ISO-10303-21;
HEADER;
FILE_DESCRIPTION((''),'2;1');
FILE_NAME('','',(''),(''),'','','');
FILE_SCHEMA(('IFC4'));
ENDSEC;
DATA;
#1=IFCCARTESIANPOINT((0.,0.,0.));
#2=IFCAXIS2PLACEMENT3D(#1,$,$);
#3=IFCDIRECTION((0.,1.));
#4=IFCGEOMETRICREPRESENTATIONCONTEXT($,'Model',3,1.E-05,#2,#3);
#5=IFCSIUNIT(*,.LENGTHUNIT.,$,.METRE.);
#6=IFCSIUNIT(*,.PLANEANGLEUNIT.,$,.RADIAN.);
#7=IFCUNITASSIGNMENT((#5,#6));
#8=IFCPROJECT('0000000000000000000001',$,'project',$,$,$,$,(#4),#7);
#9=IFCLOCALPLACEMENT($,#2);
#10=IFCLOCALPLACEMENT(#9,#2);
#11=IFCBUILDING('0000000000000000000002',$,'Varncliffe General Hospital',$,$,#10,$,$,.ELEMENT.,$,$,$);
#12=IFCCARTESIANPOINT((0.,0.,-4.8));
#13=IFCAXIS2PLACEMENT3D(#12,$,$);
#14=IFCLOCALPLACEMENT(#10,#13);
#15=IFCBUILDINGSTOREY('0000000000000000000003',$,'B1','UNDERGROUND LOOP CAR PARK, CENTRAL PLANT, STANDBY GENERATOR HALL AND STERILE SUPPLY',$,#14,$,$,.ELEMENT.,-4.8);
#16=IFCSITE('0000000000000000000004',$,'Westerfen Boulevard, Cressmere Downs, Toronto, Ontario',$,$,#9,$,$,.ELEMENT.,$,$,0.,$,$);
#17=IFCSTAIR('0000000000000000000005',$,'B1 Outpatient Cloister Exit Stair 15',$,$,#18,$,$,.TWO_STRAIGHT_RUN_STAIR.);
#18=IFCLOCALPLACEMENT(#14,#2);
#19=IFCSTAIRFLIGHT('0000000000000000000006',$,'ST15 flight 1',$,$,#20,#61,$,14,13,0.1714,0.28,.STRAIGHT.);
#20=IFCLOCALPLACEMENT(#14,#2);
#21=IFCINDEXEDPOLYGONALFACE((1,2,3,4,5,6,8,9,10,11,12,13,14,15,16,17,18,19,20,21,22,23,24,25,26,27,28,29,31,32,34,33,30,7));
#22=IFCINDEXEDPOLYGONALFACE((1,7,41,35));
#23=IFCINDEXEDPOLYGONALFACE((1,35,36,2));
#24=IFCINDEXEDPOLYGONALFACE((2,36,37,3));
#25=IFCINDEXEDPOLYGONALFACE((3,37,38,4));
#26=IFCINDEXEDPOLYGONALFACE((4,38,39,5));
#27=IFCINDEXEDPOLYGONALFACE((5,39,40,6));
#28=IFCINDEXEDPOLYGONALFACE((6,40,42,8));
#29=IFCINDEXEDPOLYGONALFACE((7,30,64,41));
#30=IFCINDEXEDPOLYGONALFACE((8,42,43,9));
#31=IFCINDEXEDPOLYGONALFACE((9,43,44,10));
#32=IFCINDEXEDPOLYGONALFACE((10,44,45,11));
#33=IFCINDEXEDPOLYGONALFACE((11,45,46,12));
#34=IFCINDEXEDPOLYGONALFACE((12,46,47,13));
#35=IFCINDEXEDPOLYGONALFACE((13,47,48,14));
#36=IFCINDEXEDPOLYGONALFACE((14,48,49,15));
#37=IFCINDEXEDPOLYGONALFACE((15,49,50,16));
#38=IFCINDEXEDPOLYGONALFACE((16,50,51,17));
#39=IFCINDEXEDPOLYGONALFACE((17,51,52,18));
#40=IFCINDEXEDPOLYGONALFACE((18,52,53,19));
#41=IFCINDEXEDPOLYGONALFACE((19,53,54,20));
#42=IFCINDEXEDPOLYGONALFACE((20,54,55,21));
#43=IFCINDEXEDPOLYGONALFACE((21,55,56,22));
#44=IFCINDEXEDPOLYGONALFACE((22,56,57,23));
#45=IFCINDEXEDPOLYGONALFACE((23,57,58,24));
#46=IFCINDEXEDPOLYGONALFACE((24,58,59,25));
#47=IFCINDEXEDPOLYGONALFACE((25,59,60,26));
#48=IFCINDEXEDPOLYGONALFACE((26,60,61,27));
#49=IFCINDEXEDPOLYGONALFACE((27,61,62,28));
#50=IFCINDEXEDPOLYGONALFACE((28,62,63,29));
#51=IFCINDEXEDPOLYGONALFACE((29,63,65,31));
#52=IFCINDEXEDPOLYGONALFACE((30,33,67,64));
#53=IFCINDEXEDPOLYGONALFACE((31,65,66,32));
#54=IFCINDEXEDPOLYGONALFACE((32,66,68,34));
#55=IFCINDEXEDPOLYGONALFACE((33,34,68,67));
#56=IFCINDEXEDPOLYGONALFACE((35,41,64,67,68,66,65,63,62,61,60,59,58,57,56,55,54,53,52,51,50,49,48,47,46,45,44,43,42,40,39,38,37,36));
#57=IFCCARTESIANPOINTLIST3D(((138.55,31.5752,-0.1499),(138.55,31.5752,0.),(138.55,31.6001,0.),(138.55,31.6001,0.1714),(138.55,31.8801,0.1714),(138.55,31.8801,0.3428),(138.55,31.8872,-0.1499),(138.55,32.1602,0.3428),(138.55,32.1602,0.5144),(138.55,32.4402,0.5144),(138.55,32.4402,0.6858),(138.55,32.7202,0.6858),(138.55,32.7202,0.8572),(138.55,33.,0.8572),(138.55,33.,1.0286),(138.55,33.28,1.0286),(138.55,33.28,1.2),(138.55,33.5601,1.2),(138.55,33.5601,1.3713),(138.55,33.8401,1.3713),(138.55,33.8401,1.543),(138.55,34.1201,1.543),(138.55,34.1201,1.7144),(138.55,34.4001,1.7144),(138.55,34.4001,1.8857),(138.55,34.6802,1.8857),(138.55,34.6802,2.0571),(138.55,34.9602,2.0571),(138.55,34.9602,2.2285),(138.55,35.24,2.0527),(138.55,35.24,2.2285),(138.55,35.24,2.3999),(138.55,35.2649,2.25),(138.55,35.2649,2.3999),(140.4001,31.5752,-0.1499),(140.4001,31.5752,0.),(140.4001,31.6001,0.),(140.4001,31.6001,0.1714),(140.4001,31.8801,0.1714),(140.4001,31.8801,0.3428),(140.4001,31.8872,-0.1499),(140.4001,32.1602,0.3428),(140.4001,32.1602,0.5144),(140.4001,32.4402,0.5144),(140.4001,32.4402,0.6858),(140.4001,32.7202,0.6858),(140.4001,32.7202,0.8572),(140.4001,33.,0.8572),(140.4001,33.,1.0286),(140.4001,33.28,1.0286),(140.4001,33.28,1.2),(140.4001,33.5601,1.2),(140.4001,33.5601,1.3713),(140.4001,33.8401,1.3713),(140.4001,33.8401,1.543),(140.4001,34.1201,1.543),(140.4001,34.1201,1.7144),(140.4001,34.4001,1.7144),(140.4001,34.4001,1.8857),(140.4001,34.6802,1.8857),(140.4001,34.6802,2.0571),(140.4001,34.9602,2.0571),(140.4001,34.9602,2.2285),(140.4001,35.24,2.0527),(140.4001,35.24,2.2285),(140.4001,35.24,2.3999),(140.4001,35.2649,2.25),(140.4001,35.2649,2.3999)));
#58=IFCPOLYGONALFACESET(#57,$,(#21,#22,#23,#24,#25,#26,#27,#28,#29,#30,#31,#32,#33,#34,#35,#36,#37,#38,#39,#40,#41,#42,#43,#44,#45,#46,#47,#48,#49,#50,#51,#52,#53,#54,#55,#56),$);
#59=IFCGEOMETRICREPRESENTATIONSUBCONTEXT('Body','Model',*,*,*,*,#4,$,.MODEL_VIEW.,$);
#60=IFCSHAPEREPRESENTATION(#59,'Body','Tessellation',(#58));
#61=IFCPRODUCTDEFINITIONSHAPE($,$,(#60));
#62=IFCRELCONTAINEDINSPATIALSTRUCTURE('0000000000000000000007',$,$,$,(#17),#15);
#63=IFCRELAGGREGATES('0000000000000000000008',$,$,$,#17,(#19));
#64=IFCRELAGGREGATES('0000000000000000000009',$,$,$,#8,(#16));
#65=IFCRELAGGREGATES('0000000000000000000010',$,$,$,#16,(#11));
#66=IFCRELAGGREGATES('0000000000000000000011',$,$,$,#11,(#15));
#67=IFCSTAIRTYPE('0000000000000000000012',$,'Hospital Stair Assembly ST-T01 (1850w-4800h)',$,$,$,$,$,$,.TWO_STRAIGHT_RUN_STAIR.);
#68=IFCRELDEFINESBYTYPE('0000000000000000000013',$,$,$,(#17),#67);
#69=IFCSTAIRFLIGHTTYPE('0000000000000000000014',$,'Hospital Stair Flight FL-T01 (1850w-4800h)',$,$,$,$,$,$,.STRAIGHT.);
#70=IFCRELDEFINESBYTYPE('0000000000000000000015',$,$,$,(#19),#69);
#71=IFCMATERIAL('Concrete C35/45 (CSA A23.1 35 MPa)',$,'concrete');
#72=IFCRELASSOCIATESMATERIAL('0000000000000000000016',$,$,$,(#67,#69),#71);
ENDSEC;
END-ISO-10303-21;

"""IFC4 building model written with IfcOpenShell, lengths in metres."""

from ifc_helpers import new_model, si_unit, direction, frame, origin, place, context, subcontext, project, spatial, polyline, outline, extrude, material, type_object, element, aggregate, save


model = new_model("IFC4")

# Units and contexts
model_context = context("Model", 3, precision=1e-05, world=origin(), true_north=direction((0.0, 1.0)))
body_context = subcontext(model_context, "Body", "Model", "MODEL_VIEW")
ifc_project = project(units=[si_unit("LENGTHUNIT", "METRE"), si_unit("PLANEANGLEUNIT", "RADIAN")], contexts=[model_context])

# Site, building, storey
site_placement = place(None, origin())
site = spatial("IfcSite", under=ifc_project, at=site_placement, Name="Westerfen Boulevard, Cressmere Downs, Toronto, Ontario", CompositionType="ELEMENT", RefElevation=0.0)
building_placement = place(site_placement, origin())
building = spatial("IfcBuilding", under=site, at=building_placement, Name="Varncliffe General Hospital", CompositionType="ELEMENT")
storey_placement = place(building_placement, frame((0.0, 0.0, -4.8)))
storey = spatial("IfcBuildingStorey", under=building, at=storey_placement, Name="B1", Description="UNDERGROUND LOOP CAR PARK, CENTRAL PLANT, STANDBY GENERATOR HALL AND STERILE SUPPLY", CompositionType="ELEMENT", Elevation=-4.8)

# Shared definitions
ifc_material_1 = material(Name="Concrete C35/45 (CSA A23.1 35 MPa)", Category="concrete")

# Stair, stair flight
stair_type = type_object("IfcStairType", Name="Hospital Stair Assembly ST-T01 (1850w-4800h)", PredefinedType="TWO_STRAIGHT_RUN_STAIR", material=ifc_material_1)
stair_placement = place(storey_placement, origin())
stair = element("IfcStair", 1, at=stair_placement, inside=storey, type_object=stair_type, Name="B1 Outpatient Cloister Exit Stair 15", PredefinedType="TWO_STRAIGHT_RUN_STAIR")
stair_flight_type = type_object("IfcStairFlightType", Name="Hospital Stair Flight FL-T01 (1850w-4800h)", PredefinedType="STRAIGHT", material=ifc_material_1)
stair_flight_placement = place(storey_placement, frame((139.4751, 31.6001, 0.0), z_axis=(0.0, 0.0, 1.0), x_axis=(0.0, 1.0, 0.0)))
stair_flight = element("IfcStairFlight", 2, at=stair_flight_placement, type_object=stair_flight_type, Name="ST15 flight 1", NumberOfRisers=14, NumberOfTreads=13, PredefinedType="STRAIGHT", RiserHeight=0.1714, TreadLength=0.28, context=body_context, shape_type="SweptSolid", body=[
    extrude(outline(polyline([(-0.0249, -0.1499), (-0.0249, 0.0), (0.0, 0.0), (0.0, 0.1714), (0.28, 0.1714), (0.28, 0.3428), (0.5601, 0.3428), (0.5601, 0.5144), (0.8401, 0.5144), (0.8401, 0.6858), (1.1201, 0.6858), (1.1201, 0.8572), (1.3999, 0.8572), (1.3999, 1.0286), (1.6799, 1.0286), (1.6799, 1.2), (1.96, 1.2), (1.96, 1.3713), (2.24, 1.3713), (2.24, 1.543), (2.52, 1.543), (2.52, 1.7144), (2.8, 1.7144), (2.8, 1.8857), (3.0801, 1.8857), (3.0801, 2.0571), (3.3601, 2.0571), (3.3601, 2.2285), (3.6399, 2.2285), (3.6399, 2.3999), (3.6648, 2.3999), (3.6648, 2.25), (3.6399, 2.0527), (0.2871, -0.1499), (-0.0249, -0.1499)])), frame((0.0, 0.925, 0.0), z_axis=(0.0, -1.0, 0.0), x_axis=(1.0, 0.0, 0.0)), (0.0, 0.0, 1.0), 1.8501),
])
aggregate(stair, [stair_flight])

save(model, "model.ifc")
